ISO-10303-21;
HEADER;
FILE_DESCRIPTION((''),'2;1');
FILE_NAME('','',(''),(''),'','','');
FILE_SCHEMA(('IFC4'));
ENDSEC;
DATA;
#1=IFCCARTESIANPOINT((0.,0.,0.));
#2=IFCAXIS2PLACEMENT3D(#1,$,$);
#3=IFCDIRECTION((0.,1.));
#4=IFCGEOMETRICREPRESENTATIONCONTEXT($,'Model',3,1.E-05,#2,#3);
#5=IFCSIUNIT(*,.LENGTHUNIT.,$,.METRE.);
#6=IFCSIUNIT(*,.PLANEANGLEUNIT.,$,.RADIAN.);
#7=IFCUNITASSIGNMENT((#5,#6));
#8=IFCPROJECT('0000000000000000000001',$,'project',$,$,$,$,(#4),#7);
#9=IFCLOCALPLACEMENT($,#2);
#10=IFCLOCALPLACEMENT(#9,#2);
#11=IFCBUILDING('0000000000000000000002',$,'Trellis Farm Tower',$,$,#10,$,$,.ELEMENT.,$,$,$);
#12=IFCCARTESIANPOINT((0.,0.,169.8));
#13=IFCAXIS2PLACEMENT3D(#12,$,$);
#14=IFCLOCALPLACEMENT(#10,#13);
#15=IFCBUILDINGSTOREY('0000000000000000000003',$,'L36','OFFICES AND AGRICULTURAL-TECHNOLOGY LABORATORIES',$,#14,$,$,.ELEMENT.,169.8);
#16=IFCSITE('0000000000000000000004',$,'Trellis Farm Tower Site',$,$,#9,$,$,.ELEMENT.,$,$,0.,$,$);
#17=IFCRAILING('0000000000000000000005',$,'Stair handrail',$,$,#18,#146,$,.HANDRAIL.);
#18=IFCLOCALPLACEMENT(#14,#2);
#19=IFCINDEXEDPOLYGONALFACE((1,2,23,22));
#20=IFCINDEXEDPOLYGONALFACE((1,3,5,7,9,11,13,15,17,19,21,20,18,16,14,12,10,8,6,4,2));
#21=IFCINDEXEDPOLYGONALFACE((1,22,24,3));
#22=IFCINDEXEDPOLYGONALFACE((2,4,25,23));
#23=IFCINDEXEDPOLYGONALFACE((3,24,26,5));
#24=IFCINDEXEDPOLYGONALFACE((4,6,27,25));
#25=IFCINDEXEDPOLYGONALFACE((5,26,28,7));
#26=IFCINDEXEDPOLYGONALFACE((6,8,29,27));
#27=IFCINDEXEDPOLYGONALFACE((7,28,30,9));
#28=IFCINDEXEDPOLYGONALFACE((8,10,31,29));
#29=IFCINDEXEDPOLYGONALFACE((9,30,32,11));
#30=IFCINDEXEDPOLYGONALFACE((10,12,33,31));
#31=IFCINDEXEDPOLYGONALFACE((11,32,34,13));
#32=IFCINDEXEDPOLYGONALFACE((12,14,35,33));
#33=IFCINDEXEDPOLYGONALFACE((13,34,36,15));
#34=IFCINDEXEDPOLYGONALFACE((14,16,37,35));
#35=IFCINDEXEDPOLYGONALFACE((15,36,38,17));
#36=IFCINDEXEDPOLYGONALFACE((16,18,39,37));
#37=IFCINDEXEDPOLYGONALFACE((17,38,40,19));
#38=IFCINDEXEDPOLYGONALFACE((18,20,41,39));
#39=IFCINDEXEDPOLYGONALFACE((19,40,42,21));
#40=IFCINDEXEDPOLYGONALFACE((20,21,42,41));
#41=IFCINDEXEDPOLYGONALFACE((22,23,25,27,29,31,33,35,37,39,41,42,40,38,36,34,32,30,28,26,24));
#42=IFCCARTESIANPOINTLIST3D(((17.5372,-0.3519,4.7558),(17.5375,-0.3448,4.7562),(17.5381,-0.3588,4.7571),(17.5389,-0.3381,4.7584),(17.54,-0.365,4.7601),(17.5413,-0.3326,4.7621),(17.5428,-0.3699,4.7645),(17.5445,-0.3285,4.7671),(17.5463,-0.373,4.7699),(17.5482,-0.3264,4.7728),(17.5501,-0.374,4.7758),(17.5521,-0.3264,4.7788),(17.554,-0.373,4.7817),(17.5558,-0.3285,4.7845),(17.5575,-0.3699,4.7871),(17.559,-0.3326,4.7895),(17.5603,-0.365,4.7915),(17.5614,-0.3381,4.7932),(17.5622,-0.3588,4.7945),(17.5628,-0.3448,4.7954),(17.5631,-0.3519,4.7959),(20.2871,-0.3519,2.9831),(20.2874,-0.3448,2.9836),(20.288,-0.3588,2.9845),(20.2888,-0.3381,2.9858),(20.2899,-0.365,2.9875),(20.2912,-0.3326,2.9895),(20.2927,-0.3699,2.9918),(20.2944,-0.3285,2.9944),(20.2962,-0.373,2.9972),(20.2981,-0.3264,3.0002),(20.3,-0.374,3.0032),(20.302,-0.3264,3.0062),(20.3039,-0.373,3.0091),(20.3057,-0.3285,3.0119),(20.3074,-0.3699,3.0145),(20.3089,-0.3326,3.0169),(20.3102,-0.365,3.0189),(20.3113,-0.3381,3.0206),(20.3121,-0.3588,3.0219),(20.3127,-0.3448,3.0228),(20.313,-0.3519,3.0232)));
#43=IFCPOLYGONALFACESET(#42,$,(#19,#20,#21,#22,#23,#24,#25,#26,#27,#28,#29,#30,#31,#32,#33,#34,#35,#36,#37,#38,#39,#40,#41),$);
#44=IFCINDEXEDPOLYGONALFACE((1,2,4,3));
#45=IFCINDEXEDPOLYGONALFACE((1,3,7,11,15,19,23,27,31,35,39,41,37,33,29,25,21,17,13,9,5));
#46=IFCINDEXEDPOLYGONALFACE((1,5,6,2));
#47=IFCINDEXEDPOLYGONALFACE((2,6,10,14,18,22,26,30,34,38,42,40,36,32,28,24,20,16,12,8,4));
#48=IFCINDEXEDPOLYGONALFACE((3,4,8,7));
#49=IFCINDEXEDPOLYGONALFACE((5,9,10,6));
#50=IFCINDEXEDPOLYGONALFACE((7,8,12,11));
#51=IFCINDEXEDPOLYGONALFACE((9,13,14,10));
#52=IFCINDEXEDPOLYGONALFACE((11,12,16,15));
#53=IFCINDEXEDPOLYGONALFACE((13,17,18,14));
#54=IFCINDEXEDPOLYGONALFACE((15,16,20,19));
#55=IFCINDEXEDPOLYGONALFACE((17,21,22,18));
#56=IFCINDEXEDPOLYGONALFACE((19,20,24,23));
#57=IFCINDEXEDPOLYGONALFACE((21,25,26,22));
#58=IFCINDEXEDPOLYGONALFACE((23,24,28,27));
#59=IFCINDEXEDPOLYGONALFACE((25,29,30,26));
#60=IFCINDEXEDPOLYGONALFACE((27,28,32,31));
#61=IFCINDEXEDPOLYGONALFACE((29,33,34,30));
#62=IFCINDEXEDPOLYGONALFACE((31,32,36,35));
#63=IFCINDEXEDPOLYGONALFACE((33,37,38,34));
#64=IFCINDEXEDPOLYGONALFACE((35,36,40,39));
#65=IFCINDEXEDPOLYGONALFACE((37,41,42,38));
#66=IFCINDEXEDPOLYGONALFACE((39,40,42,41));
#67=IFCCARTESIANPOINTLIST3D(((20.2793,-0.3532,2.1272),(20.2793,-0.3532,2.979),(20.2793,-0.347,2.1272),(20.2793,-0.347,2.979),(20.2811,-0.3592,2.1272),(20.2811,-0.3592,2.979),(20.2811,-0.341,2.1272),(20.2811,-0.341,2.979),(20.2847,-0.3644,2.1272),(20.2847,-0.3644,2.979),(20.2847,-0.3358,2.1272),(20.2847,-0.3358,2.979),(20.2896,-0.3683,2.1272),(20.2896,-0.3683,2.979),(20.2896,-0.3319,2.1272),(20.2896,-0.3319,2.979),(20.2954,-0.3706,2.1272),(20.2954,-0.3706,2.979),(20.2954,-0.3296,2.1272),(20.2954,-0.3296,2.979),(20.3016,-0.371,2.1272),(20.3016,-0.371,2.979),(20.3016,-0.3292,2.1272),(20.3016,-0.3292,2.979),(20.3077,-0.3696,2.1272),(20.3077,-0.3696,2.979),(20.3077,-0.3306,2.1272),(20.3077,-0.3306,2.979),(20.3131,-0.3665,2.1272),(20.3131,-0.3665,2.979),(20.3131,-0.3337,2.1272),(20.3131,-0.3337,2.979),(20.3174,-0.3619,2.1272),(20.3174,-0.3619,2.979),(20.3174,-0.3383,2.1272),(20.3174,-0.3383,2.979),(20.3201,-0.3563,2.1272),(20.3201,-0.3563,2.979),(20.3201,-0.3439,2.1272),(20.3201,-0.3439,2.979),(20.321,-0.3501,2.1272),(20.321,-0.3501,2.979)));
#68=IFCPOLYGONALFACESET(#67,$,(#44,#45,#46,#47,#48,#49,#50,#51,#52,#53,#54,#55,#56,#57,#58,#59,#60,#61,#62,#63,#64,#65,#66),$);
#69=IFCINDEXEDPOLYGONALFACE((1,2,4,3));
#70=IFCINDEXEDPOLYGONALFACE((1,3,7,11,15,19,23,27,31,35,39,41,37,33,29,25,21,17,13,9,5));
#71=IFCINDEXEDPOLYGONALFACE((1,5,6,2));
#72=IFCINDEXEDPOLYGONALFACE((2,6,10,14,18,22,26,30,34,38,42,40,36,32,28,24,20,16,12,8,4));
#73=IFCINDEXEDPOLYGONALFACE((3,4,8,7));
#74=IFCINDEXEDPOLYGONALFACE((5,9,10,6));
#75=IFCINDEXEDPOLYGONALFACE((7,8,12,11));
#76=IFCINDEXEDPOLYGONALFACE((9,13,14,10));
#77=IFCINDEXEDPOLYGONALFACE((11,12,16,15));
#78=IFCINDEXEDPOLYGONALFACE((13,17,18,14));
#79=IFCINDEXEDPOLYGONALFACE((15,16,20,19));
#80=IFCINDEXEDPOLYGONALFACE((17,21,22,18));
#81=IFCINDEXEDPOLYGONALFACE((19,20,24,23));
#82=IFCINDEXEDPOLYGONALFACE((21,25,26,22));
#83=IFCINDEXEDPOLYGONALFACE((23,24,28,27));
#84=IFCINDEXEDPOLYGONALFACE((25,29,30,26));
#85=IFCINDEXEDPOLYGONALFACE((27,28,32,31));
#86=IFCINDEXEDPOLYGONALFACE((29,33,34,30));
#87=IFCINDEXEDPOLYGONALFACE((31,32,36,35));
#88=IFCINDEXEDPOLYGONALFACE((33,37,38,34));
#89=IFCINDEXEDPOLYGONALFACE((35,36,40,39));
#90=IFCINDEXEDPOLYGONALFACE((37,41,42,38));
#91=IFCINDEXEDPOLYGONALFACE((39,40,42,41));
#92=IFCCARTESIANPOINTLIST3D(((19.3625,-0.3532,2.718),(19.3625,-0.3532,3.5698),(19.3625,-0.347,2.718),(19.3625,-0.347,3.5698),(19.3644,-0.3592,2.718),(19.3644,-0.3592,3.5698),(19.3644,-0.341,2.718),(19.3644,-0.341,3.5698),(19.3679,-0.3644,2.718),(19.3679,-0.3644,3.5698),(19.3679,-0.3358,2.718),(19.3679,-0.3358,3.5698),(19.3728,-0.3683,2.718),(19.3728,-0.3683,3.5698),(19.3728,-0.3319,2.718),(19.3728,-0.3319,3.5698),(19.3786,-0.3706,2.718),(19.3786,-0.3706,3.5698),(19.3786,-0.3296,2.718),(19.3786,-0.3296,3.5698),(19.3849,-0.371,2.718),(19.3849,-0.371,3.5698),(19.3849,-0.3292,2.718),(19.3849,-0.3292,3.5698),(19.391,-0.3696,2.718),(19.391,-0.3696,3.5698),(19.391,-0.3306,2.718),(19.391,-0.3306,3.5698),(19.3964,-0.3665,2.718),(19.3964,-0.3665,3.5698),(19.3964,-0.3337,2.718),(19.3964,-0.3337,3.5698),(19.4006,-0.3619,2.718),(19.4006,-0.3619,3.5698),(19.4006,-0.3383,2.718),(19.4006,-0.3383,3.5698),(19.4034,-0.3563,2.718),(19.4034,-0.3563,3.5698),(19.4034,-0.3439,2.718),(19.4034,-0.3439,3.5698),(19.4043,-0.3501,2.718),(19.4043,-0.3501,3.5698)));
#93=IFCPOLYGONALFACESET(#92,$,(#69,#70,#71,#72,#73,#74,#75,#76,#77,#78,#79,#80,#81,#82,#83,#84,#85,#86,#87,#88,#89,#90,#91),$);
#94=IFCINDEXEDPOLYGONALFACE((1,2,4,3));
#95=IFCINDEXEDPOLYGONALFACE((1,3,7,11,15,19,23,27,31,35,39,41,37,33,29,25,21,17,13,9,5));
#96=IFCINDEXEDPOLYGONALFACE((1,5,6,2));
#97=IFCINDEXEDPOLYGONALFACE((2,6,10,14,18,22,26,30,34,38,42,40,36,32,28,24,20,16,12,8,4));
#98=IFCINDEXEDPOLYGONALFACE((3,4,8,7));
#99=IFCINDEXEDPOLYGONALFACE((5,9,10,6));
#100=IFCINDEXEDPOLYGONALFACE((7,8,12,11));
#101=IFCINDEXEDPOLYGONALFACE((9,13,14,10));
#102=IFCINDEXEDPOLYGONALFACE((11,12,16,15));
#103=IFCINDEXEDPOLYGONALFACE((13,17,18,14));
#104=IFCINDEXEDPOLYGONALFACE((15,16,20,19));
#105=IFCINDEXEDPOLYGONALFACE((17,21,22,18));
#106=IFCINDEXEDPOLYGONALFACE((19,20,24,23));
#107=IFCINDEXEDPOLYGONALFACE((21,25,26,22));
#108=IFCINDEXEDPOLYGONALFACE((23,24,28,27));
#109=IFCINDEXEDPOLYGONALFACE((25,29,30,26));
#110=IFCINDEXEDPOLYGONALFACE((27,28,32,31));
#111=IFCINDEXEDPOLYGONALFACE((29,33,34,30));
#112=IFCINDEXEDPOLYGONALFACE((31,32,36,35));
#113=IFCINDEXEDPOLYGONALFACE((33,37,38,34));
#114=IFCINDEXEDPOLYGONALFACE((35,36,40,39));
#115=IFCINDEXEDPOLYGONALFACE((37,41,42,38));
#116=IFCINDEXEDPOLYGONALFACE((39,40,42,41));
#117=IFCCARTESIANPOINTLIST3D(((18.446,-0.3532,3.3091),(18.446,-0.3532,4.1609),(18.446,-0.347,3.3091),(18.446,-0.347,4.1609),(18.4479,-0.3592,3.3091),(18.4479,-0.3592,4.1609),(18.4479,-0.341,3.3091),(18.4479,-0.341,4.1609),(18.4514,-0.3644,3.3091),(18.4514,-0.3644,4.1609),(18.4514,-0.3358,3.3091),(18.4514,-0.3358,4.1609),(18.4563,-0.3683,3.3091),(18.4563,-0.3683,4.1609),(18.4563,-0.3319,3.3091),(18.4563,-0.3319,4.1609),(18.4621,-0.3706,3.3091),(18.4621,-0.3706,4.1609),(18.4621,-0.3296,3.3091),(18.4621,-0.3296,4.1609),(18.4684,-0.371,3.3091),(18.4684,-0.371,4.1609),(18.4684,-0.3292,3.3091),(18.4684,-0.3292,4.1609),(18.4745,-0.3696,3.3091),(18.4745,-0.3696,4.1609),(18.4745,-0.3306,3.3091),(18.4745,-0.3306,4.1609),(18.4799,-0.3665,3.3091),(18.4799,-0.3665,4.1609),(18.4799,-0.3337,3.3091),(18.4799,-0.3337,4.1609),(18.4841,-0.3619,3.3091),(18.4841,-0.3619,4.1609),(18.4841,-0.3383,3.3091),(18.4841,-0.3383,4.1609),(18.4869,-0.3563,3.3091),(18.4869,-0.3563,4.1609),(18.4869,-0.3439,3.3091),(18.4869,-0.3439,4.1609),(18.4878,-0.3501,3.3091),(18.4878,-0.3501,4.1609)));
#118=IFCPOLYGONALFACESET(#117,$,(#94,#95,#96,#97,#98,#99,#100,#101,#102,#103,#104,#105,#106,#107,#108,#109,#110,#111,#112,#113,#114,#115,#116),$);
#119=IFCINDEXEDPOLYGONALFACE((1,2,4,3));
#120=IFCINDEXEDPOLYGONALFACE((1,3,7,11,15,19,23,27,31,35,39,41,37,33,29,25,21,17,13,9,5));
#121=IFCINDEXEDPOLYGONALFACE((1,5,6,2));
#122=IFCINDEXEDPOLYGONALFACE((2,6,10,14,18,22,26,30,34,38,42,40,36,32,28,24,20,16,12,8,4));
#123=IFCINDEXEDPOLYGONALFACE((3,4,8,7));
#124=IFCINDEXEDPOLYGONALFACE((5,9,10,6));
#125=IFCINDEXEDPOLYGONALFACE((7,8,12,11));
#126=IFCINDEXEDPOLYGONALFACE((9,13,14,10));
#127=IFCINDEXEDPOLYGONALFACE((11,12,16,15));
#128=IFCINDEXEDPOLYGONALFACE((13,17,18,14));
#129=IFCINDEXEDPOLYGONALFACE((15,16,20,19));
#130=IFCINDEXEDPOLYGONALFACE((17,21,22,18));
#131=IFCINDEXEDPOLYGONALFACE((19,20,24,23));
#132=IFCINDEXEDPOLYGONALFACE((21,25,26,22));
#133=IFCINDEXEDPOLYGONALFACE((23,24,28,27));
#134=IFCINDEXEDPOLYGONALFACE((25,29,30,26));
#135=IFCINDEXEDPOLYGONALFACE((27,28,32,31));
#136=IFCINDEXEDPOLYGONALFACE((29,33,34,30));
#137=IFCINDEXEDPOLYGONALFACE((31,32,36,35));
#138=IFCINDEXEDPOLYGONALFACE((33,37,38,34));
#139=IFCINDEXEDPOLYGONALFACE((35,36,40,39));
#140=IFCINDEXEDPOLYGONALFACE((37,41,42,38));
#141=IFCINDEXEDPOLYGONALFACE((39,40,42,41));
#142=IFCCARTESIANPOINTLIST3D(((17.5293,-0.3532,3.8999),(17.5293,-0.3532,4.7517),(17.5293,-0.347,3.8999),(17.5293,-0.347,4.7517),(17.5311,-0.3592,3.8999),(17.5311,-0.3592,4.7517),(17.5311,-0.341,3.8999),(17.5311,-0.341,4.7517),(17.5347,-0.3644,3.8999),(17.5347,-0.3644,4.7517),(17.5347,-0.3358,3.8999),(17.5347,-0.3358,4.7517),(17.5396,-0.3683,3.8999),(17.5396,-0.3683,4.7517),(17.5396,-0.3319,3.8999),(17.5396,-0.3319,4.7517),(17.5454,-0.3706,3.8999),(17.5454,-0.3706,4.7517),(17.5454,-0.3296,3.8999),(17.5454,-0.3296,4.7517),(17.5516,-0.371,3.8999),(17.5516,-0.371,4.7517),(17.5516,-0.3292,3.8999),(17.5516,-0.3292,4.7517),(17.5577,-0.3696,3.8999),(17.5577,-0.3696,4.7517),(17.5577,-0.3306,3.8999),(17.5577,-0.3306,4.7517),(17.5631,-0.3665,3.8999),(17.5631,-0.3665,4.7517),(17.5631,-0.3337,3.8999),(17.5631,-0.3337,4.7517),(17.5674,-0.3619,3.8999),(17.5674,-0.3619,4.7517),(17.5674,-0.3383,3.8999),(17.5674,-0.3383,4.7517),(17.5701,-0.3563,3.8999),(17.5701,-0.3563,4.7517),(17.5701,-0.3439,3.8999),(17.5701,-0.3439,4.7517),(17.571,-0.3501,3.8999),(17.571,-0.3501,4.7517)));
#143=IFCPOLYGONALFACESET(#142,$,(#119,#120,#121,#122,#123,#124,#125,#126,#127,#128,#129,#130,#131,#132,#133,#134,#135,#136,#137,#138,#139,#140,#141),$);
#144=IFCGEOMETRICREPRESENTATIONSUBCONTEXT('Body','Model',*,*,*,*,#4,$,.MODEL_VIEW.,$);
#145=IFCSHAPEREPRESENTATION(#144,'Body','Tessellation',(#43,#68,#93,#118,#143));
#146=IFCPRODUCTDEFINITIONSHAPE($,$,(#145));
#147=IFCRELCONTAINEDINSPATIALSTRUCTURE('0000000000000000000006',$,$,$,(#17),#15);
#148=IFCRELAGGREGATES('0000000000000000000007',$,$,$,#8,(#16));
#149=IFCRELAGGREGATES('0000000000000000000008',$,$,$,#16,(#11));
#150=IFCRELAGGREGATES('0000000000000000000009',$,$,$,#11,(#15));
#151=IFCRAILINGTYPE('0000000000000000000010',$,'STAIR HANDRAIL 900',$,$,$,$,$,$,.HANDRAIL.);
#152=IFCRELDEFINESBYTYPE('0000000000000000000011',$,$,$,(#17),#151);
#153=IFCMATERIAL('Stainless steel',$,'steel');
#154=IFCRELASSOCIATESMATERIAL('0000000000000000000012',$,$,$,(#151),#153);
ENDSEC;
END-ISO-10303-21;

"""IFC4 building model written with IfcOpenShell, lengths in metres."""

from ifc_helpers import new_model, si_unit, direction, frame, origin, origin_2d, place, context, subcontext, project, spatial, circle, extrude, source, transform, mapped, material, type_object, element, save


model = new_model("IFC4")

# Units and contexts
model_context = context("Model", 3, precision=1e-05, world=origin(), true_north=direction((0.0, 1.0)))
body_context = subcontext(model_context, "Body", "Model", "MODEL_VIEW")
ifc_project = project(units=[si_unit("LENGTHUNIT", "METRE"), si_unit("PLANEANGLEUNIT", "RADIAN")], contexts=[model_context])

# Site, building, storey
site_placement = place(None, origin())
site = spatial("IfcSite", under=ifc_project, at=site_placement, Name="Trellis Farm Tower Site", CompositionType="ELEMENT", RefElevation=0.0)
building_placement = place(site_placement, origin())
building = spatial("IfcBuilding", under=site, at=building_placement, Name="Trellis Farm Tower", CompositionType="ELEMENT")
storey_placement = place(building_placement, frame((0.0, 0.0, 169.8)))
storey = spatial("IfcBuildingStorey", under=building, at=storey_placement, Name="L36", Description="OFFICES AND AGRICULTURAL-TECHNOLOGY LABORATORIES", CompositionType="ELEMENT", Elevation=169.8)

# Railing
ifc_material_1 = material(Name="Stainless steel", Category="steel")
railing_type = type_object("IfcRailingType", Name="STAIR HANDRAIL 900", PredefinedType="HANDRAIL", material=ifc_material_1)
shared_shape_1 = source(origin(), body_context, "Body", "SweptSolid", [
    extrude(circle(Radius=0.0239, at=origin_2d()), frame((0.0, 0.0, 0.876), z_axis=(-0.840504, 0.0, 0.541806), x_axis=(0.0, -1.0, 0.0)), (0.0, 0.0, 1.0), 3.2717),
    extrude(circle(Radius=0.021, at=origin_2d()), origin(), (0.0, 0.0, 1.0), 0.8518),
    extrude(circle(Radius=0.021, at=origin_2d()), frame((-0.9167, 0.0, 0.5908)), (0.0, 0.0, 1.0), 0.8518),
    extrude(circle(Radius=0.021, at=origin_2d()), frame((-1.8333, 0.0, 1.1819)), (0.0, 0.0, 1.0), 0.8518),
    extrude(circle(Radius=0.021, at=origin_2d()), frame((-2.75, 0.0, 1.7727)), (0.0, 0.0, 1.0), 0.8518),
])
for number, where, name in (
    (1, (20.3, -0.3501, 2.1272), "Stair handrail"),
):
    element("IfcRailing", number, at=place(storey_placement, frame(where)), inside=storey, type_object=railing_type, Name=name, PredefinedType="HANDRAIL", context=body_context, shape_type="MappedRepresentation", body=[
        mapped(shared_shape_1, transform((0.0, 0.0, 0.0))),
    ])

save(model, "model.ifc")
